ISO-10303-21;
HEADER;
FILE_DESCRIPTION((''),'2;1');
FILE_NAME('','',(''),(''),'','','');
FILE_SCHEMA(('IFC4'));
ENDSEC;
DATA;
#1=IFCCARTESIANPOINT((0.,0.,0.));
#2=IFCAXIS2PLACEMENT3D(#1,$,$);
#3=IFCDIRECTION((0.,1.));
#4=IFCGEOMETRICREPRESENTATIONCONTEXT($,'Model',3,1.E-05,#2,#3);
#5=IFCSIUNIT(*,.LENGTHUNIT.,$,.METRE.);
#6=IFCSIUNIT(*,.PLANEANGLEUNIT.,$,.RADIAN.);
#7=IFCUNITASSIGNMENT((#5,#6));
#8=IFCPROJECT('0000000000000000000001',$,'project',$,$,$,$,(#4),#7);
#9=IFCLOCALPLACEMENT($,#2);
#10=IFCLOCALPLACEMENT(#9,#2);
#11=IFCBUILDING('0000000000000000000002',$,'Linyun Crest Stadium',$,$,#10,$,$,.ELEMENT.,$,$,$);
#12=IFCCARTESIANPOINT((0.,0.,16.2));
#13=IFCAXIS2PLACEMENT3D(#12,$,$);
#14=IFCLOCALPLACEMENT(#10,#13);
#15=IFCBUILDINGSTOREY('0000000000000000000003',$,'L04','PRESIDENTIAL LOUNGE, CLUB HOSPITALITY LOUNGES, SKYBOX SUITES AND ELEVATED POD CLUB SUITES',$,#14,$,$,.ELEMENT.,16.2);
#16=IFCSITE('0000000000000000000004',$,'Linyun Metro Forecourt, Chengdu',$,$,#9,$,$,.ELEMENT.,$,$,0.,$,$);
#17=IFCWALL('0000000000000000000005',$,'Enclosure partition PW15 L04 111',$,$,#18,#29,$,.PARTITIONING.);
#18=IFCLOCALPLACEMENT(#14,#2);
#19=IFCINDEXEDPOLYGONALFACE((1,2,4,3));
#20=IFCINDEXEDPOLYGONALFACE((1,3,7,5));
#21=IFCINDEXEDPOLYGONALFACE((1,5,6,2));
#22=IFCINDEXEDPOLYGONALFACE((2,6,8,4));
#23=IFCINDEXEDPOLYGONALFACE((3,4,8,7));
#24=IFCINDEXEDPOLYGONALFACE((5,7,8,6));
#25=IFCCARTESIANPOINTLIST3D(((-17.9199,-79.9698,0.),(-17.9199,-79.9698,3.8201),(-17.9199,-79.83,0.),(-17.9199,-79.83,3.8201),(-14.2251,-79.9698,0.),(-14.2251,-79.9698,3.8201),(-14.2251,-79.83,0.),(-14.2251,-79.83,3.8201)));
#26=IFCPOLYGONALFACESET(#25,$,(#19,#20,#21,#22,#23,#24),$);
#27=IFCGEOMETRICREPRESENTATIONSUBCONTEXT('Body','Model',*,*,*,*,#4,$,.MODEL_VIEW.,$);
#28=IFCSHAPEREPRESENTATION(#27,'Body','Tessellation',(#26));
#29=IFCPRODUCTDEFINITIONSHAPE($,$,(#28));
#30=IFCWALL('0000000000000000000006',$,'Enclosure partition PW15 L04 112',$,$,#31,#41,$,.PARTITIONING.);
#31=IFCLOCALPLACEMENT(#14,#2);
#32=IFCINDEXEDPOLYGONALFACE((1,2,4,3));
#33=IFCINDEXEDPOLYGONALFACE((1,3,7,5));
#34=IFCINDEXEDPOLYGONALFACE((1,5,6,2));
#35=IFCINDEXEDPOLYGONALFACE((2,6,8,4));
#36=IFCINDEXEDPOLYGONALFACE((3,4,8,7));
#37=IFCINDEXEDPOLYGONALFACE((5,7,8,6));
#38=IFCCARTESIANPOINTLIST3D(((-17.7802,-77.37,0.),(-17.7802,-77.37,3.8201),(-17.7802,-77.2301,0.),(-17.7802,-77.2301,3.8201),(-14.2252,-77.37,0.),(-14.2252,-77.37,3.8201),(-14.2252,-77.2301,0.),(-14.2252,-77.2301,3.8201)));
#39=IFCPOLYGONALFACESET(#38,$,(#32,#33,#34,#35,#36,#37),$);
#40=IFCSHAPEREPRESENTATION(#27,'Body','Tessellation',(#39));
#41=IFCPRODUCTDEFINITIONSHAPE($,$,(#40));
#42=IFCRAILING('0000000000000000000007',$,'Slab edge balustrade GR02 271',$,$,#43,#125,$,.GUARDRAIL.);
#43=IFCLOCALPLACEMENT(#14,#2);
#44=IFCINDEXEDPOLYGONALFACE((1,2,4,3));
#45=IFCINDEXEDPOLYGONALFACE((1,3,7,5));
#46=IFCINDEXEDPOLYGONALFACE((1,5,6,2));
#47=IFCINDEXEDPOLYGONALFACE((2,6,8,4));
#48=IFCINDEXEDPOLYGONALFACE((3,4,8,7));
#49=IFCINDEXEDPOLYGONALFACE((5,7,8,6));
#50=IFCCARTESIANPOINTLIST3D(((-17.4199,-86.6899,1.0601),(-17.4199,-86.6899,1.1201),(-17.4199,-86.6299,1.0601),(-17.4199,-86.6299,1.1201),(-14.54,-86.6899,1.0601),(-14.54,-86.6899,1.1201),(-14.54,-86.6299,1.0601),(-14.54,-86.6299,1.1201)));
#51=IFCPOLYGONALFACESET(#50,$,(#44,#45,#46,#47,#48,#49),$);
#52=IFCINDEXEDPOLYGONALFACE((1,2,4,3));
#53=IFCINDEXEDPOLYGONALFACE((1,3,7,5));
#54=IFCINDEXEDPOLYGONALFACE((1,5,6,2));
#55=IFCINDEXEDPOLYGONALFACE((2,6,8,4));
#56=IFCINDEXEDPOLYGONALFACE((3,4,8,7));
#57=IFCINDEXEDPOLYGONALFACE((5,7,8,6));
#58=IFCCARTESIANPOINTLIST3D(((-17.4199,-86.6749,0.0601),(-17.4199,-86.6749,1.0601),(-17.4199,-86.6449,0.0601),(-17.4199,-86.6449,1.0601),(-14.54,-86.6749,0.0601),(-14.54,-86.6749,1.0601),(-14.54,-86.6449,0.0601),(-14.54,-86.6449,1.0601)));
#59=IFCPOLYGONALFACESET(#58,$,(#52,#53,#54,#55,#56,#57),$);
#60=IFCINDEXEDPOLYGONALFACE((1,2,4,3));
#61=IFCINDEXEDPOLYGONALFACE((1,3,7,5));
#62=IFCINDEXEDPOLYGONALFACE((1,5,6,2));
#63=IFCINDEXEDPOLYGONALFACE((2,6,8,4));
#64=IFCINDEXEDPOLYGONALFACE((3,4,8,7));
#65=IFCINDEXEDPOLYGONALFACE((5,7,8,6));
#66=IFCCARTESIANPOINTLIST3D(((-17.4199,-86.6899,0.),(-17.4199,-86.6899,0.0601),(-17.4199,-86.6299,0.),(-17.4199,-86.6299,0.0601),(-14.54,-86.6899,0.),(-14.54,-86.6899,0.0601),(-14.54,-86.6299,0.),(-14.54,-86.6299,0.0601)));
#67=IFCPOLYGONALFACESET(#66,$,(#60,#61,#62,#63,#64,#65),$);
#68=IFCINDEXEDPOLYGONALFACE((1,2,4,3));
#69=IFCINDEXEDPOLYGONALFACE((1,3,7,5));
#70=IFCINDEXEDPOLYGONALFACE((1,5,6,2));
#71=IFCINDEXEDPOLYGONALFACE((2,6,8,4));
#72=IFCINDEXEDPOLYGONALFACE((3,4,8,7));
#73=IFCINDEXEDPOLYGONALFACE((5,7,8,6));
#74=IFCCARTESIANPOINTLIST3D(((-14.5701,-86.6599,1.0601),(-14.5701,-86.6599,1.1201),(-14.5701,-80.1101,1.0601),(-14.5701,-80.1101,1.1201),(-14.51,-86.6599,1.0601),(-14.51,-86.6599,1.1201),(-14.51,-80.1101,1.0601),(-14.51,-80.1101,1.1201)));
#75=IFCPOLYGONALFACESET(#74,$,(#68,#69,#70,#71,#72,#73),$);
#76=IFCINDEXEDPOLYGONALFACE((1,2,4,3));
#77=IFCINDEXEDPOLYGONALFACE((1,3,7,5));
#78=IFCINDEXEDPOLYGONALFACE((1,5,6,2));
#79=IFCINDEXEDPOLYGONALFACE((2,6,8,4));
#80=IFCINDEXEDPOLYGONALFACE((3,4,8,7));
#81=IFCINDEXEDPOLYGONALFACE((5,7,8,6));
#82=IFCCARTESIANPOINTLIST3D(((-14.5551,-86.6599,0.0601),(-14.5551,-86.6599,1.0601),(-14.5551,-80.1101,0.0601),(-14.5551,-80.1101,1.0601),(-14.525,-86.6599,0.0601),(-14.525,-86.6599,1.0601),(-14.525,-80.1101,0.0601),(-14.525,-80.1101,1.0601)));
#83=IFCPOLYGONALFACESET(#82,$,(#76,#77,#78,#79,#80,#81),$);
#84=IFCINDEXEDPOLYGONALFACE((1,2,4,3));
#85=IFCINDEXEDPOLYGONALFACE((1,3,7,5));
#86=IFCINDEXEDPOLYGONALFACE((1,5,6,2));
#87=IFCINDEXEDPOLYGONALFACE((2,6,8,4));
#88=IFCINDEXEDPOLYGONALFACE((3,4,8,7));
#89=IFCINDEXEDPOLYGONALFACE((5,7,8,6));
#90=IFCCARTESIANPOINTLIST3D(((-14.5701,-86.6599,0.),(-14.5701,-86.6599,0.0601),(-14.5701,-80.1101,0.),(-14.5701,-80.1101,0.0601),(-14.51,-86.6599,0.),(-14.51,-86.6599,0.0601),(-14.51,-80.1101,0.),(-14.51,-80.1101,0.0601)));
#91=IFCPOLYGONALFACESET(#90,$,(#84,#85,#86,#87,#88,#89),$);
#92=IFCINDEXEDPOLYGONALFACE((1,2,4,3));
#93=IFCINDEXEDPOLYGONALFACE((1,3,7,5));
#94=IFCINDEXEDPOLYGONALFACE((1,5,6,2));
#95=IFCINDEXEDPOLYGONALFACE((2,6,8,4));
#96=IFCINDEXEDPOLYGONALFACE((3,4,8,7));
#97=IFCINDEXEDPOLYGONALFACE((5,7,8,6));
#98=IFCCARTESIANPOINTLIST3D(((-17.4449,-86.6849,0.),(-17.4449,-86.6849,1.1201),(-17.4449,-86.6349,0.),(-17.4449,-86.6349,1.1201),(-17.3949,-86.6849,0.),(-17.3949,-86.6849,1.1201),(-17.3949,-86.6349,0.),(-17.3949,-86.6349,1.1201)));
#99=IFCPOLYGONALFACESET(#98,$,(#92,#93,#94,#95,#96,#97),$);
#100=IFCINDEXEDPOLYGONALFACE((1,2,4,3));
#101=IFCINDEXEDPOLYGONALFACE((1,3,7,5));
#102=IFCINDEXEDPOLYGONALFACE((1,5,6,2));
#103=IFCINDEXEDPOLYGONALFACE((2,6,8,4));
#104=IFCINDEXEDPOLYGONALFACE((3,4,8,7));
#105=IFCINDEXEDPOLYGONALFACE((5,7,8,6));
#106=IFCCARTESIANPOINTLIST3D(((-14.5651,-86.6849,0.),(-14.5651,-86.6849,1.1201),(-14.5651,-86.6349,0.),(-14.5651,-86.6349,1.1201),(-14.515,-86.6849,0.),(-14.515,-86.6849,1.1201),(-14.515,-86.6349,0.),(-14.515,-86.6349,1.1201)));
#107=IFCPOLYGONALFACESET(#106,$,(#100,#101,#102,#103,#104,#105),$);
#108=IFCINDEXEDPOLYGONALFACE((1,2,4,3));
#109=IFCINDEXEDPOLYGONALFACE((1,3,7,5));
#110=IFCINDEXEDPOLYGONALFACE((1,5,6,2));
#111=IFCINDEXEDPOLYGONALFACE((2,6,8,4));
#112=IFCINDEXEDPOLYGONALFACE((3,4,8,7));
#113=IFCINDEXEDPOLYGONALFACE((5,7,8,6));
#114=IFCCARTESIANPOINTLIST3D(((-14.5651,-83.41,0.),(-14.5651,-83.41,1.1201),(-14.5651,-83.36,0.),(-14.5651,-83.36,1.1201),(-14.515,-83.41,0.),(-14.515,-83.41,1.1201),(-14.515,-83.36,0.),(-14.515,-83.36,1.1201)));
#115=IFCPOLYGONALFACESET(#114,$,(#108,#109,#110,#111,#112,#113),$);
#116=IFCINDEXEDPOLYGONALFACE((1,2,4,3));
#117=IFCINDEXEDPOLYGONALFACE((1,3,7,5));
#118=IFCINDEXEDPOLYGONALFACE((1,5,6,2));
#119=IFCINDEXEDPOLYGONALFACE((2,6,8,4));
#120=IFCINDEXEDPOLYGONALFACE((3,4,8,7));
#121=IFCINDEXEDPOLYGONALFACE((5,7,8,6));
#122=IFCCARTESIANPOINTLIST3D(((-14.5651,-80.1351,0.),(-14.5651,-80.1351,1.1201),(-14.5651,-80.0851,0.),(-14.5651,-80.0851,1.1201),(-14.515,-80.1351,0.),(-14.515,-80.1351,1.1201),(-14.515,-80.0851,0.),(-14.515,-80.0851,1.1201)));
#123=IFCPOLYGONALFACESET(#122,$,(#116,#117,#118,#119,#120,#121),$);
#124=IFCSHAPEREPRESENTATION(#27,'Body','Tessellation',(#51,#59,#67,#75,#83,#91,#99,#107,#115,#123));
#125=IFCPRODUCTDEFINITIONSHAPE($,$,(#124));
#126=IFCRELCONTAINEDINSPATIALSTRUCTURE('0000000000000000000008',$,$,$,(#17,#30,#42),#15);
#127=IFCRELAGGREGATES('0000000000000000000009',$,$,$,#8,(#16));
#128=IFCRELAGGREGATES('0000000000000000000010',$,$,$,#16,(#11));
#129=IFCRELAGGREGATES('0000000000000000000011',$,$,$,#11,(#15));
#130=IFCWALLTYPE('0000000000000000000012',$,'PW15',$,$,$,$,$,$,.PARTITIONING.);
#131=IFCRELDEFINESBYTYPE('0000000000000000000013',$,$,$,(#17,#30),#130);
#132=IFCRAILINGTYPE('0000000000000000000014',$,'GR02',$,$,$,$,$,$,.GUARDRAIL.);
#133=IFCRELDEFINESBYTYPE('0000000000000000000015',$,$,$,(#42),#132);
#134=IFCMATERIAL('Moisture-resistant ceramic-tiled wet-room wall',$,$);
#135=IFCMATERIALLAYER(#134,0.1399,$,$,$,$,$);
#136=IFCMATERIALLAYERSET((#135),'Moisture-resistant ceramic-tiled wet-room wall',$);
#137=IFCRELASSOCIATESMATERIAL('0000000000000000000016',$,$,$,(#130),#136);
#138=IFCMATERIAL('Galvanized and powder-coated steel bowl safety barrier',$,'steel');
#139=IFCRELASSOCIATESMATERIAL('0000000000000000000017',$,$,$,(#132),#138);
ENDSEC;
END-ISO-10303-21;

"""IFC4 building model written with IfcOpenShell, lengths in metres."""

from ifc_helpers import new_model, si_unit, direction, frame, frame_2d, origin, origin_2d, place, context, subcontext, project, spatial, rectangle, extrude, material, layer, layer_set, type_object, element, save


model = new_model("IFC4")

# Units and contexts
model_context = context("Model", 3, precision=1e-05, world=origin(), true_north=direction((0.0, 1.0)))
body_context = subcontext(model_context, "Body", "Model", "MODEL_VIEW")
ifc_project = project(units=[si_unit("LENGTHUNIT", "METRE"), si_unit("PLANEANGLEUNIT", "RADIAN")], contexts=[model_context])

# Site, building, storey
site_placement = place(None, origin())
site = spatial("IfcSite", under=ifc_project, at=site_placement, Name="Linyun Metro Forecourt, Chengdu", CompositionType="ELEMENT", RefElevation=0.0)
building_placement = place(site_placement, origin())
building = spatial("IfcBuilding", under=site, at=building_placement, Name="Linyun Crest Stadium", CompositionType="ELEMENT")
storey_placement = place(building_placement, frame((0.0, 0.0, 16.2)))
storey = spatial("IfcBuildingStorey", under=building, at=storey_placement, Name="L04", Description="PRESIDENTIAL LOUNGE, CLUB HOSPITALITY LOUNGES, SKYBOX SUITES AND ELEVATED POD CLUB SUITES", CompositionType="ELEMENT", Elevation=16.2)

# Shared definitions
ifc_material_1 = material(Name="Moisture-resistant ceramic-tiled wet-room wall")
ifc_layer_1 = layer(ifc_material_1, 0.1399)
ifc_layer_set_1 = layer_set([ifc_layer_1], Name="Moisture-resistant ceramic-tiled wet-room wall")
wall_type_1 = type_object("IfcWallType", Name="PW15", PredefinedType="PARTITIONING", material=ifc_layer_set_1)

# Walls
wall_1_placement = place(storey_placement, frame((-17.9199, -79.8999, 0.0), z_axis=(0.0, 0.0, 1.0), x_axis=(1.0, 0.0, 0.0)))
element("IfcWall", 1, at=wall_1_placement, inside=storey, type_object=wall_type_1, Name="Enclosure partition PW15 L04 111", PredefinedType="PARTITIONING", context=body_context, shape_type="SweptSolid", body=[
    extrude(rectangle(XDim=3.6948, YDim=0.1399, at=frame_2d((1.8474, 0.0))), origin(), (0.0, 0.0, 1.0), 3.8201),
])
wall_2_placement = place(storey_placement, frame((-17.78, -77.3, 0.0), z_axis=(0.0, 0.0, 1.0), x_axis=(1.0, 0.0, 0.0)))
element("IfcWall", 2, at=wall_2_placement, inside=storey, type_object=wall_type_1, Name="Enclosure partition PW15 L04 112", PredefinedType="PARTITIONING", context=body_context, shape_type="SweptSolid", body=[
    extrude(rectangle(XDim=3.5549, YDim=0.1399, at=frame_2d((1.7773, 0.0))), origin(), (0.0, 0.0, 1.0), 3.8201),
])

# Railing
ifc_material_2 = material(Name="Galvanized and powder-coated steel bowl safety barrier", Category="steel")
railing_type = type_object("IfcRailingType", Name="GR02", PredefinedType="GUARDRAIL", material=ifc_material_2)
railing_placement = place(storey_placement, frame((-17.4199, -86.6599, 0.0)))
element("IfcRailing", 3, at=railing_placement, inside=storey, type_object=railing_type, Name="Slab edge balustrade GR02 271", PredefinedType="GUARDRAIL", context=body_context, shape_type="SweptSolid", body=[
    extrude(rectangle(XDim=0.0601, YDim=0.0601, at=origin_2d()), frame((0.0, 0.0, 1.0901), z_axis=(1.0, 0.0, 0.0), x_axis=(0.0, 1.0, 0.0)), (0.0, 0.0, 1.0), 2.8799),
    extrude(rectangle(XDim=0.03, YDim=1.0, at=origin_2d()), frame((0.0, 0.0, 0.5601), z_axis=(1.0, 0.0, 0.0), x_axis=(0.0, 1.0, 0.0)), (0.0, 0.0, 1.0), 2.8799),
    extrude(rectangle(XDim=0.0601, YDim=0.0601, at=origin_2d()), frame((0.0, 0.0, 0.03), z_axis=(1.0, 0.0, 0.0), x_axis=(0.0, 1.0, 0.0)), (0.0, 0.0, 1.0), 2.8799),
    extrude(rectangle(XDim=0.0601, YDim=0.0601, at=origin_2d()), frame((2.8799, 0.0, 1.0901), z_axis=(0.0, 1.0, 0.0), x_axis=(-1.0, 0.0, 0.0)), (0.0, 0.0, 1.0), 6.5498),
    extrude(rectangle(XDim=0.03, YDim=1.0, at=origin_2d()), frame((2.8799, 0.0, 0.5601), z_axis=(0.0, 1.0, 0.0), x_axis=(-1.0, 0.0, 0.0)), (0.0, 0.0, 1.0), 6.5498),
    extrude(rectangle(XDim=0.0601, YDim=0.0601, at=origin_2d()), frame((2.8799, 0.0, 0.03), z_axis=(0.0, 1.0, 0.0), x_axis=(-1.0, 0.0, 0.0)), (0.0, 0.0, 1.0), 6.5498),
    extrude(rectangle(XDim=0.05, YDim=0.05, at=origin_2d()), origin(), (0.0, 0.0, 1.0), 1.1201),
    extrude(rectangle(XDim=0.05, YDim=0.05, at=origin_2d()), frame((2.8799, 0.0, 0.0)), (0.0, 0.0, 1.0), 1.1201),
    extrude(rectangle(XDim=0.05, YDim=0.05, at=origin_2d()), frame((2.8799, 3.2749, 0.0)), (0.0, 0.0, 1.0), 1.1201),
    extrude(rectangle(XDim=0.05, YDim=0.05, at=origin_2d()), frame((2.8799, 6.5498, 0.0)), (0.0, 0.0, 1.0), 1.1201),
])

save(model, "model.ifc")
